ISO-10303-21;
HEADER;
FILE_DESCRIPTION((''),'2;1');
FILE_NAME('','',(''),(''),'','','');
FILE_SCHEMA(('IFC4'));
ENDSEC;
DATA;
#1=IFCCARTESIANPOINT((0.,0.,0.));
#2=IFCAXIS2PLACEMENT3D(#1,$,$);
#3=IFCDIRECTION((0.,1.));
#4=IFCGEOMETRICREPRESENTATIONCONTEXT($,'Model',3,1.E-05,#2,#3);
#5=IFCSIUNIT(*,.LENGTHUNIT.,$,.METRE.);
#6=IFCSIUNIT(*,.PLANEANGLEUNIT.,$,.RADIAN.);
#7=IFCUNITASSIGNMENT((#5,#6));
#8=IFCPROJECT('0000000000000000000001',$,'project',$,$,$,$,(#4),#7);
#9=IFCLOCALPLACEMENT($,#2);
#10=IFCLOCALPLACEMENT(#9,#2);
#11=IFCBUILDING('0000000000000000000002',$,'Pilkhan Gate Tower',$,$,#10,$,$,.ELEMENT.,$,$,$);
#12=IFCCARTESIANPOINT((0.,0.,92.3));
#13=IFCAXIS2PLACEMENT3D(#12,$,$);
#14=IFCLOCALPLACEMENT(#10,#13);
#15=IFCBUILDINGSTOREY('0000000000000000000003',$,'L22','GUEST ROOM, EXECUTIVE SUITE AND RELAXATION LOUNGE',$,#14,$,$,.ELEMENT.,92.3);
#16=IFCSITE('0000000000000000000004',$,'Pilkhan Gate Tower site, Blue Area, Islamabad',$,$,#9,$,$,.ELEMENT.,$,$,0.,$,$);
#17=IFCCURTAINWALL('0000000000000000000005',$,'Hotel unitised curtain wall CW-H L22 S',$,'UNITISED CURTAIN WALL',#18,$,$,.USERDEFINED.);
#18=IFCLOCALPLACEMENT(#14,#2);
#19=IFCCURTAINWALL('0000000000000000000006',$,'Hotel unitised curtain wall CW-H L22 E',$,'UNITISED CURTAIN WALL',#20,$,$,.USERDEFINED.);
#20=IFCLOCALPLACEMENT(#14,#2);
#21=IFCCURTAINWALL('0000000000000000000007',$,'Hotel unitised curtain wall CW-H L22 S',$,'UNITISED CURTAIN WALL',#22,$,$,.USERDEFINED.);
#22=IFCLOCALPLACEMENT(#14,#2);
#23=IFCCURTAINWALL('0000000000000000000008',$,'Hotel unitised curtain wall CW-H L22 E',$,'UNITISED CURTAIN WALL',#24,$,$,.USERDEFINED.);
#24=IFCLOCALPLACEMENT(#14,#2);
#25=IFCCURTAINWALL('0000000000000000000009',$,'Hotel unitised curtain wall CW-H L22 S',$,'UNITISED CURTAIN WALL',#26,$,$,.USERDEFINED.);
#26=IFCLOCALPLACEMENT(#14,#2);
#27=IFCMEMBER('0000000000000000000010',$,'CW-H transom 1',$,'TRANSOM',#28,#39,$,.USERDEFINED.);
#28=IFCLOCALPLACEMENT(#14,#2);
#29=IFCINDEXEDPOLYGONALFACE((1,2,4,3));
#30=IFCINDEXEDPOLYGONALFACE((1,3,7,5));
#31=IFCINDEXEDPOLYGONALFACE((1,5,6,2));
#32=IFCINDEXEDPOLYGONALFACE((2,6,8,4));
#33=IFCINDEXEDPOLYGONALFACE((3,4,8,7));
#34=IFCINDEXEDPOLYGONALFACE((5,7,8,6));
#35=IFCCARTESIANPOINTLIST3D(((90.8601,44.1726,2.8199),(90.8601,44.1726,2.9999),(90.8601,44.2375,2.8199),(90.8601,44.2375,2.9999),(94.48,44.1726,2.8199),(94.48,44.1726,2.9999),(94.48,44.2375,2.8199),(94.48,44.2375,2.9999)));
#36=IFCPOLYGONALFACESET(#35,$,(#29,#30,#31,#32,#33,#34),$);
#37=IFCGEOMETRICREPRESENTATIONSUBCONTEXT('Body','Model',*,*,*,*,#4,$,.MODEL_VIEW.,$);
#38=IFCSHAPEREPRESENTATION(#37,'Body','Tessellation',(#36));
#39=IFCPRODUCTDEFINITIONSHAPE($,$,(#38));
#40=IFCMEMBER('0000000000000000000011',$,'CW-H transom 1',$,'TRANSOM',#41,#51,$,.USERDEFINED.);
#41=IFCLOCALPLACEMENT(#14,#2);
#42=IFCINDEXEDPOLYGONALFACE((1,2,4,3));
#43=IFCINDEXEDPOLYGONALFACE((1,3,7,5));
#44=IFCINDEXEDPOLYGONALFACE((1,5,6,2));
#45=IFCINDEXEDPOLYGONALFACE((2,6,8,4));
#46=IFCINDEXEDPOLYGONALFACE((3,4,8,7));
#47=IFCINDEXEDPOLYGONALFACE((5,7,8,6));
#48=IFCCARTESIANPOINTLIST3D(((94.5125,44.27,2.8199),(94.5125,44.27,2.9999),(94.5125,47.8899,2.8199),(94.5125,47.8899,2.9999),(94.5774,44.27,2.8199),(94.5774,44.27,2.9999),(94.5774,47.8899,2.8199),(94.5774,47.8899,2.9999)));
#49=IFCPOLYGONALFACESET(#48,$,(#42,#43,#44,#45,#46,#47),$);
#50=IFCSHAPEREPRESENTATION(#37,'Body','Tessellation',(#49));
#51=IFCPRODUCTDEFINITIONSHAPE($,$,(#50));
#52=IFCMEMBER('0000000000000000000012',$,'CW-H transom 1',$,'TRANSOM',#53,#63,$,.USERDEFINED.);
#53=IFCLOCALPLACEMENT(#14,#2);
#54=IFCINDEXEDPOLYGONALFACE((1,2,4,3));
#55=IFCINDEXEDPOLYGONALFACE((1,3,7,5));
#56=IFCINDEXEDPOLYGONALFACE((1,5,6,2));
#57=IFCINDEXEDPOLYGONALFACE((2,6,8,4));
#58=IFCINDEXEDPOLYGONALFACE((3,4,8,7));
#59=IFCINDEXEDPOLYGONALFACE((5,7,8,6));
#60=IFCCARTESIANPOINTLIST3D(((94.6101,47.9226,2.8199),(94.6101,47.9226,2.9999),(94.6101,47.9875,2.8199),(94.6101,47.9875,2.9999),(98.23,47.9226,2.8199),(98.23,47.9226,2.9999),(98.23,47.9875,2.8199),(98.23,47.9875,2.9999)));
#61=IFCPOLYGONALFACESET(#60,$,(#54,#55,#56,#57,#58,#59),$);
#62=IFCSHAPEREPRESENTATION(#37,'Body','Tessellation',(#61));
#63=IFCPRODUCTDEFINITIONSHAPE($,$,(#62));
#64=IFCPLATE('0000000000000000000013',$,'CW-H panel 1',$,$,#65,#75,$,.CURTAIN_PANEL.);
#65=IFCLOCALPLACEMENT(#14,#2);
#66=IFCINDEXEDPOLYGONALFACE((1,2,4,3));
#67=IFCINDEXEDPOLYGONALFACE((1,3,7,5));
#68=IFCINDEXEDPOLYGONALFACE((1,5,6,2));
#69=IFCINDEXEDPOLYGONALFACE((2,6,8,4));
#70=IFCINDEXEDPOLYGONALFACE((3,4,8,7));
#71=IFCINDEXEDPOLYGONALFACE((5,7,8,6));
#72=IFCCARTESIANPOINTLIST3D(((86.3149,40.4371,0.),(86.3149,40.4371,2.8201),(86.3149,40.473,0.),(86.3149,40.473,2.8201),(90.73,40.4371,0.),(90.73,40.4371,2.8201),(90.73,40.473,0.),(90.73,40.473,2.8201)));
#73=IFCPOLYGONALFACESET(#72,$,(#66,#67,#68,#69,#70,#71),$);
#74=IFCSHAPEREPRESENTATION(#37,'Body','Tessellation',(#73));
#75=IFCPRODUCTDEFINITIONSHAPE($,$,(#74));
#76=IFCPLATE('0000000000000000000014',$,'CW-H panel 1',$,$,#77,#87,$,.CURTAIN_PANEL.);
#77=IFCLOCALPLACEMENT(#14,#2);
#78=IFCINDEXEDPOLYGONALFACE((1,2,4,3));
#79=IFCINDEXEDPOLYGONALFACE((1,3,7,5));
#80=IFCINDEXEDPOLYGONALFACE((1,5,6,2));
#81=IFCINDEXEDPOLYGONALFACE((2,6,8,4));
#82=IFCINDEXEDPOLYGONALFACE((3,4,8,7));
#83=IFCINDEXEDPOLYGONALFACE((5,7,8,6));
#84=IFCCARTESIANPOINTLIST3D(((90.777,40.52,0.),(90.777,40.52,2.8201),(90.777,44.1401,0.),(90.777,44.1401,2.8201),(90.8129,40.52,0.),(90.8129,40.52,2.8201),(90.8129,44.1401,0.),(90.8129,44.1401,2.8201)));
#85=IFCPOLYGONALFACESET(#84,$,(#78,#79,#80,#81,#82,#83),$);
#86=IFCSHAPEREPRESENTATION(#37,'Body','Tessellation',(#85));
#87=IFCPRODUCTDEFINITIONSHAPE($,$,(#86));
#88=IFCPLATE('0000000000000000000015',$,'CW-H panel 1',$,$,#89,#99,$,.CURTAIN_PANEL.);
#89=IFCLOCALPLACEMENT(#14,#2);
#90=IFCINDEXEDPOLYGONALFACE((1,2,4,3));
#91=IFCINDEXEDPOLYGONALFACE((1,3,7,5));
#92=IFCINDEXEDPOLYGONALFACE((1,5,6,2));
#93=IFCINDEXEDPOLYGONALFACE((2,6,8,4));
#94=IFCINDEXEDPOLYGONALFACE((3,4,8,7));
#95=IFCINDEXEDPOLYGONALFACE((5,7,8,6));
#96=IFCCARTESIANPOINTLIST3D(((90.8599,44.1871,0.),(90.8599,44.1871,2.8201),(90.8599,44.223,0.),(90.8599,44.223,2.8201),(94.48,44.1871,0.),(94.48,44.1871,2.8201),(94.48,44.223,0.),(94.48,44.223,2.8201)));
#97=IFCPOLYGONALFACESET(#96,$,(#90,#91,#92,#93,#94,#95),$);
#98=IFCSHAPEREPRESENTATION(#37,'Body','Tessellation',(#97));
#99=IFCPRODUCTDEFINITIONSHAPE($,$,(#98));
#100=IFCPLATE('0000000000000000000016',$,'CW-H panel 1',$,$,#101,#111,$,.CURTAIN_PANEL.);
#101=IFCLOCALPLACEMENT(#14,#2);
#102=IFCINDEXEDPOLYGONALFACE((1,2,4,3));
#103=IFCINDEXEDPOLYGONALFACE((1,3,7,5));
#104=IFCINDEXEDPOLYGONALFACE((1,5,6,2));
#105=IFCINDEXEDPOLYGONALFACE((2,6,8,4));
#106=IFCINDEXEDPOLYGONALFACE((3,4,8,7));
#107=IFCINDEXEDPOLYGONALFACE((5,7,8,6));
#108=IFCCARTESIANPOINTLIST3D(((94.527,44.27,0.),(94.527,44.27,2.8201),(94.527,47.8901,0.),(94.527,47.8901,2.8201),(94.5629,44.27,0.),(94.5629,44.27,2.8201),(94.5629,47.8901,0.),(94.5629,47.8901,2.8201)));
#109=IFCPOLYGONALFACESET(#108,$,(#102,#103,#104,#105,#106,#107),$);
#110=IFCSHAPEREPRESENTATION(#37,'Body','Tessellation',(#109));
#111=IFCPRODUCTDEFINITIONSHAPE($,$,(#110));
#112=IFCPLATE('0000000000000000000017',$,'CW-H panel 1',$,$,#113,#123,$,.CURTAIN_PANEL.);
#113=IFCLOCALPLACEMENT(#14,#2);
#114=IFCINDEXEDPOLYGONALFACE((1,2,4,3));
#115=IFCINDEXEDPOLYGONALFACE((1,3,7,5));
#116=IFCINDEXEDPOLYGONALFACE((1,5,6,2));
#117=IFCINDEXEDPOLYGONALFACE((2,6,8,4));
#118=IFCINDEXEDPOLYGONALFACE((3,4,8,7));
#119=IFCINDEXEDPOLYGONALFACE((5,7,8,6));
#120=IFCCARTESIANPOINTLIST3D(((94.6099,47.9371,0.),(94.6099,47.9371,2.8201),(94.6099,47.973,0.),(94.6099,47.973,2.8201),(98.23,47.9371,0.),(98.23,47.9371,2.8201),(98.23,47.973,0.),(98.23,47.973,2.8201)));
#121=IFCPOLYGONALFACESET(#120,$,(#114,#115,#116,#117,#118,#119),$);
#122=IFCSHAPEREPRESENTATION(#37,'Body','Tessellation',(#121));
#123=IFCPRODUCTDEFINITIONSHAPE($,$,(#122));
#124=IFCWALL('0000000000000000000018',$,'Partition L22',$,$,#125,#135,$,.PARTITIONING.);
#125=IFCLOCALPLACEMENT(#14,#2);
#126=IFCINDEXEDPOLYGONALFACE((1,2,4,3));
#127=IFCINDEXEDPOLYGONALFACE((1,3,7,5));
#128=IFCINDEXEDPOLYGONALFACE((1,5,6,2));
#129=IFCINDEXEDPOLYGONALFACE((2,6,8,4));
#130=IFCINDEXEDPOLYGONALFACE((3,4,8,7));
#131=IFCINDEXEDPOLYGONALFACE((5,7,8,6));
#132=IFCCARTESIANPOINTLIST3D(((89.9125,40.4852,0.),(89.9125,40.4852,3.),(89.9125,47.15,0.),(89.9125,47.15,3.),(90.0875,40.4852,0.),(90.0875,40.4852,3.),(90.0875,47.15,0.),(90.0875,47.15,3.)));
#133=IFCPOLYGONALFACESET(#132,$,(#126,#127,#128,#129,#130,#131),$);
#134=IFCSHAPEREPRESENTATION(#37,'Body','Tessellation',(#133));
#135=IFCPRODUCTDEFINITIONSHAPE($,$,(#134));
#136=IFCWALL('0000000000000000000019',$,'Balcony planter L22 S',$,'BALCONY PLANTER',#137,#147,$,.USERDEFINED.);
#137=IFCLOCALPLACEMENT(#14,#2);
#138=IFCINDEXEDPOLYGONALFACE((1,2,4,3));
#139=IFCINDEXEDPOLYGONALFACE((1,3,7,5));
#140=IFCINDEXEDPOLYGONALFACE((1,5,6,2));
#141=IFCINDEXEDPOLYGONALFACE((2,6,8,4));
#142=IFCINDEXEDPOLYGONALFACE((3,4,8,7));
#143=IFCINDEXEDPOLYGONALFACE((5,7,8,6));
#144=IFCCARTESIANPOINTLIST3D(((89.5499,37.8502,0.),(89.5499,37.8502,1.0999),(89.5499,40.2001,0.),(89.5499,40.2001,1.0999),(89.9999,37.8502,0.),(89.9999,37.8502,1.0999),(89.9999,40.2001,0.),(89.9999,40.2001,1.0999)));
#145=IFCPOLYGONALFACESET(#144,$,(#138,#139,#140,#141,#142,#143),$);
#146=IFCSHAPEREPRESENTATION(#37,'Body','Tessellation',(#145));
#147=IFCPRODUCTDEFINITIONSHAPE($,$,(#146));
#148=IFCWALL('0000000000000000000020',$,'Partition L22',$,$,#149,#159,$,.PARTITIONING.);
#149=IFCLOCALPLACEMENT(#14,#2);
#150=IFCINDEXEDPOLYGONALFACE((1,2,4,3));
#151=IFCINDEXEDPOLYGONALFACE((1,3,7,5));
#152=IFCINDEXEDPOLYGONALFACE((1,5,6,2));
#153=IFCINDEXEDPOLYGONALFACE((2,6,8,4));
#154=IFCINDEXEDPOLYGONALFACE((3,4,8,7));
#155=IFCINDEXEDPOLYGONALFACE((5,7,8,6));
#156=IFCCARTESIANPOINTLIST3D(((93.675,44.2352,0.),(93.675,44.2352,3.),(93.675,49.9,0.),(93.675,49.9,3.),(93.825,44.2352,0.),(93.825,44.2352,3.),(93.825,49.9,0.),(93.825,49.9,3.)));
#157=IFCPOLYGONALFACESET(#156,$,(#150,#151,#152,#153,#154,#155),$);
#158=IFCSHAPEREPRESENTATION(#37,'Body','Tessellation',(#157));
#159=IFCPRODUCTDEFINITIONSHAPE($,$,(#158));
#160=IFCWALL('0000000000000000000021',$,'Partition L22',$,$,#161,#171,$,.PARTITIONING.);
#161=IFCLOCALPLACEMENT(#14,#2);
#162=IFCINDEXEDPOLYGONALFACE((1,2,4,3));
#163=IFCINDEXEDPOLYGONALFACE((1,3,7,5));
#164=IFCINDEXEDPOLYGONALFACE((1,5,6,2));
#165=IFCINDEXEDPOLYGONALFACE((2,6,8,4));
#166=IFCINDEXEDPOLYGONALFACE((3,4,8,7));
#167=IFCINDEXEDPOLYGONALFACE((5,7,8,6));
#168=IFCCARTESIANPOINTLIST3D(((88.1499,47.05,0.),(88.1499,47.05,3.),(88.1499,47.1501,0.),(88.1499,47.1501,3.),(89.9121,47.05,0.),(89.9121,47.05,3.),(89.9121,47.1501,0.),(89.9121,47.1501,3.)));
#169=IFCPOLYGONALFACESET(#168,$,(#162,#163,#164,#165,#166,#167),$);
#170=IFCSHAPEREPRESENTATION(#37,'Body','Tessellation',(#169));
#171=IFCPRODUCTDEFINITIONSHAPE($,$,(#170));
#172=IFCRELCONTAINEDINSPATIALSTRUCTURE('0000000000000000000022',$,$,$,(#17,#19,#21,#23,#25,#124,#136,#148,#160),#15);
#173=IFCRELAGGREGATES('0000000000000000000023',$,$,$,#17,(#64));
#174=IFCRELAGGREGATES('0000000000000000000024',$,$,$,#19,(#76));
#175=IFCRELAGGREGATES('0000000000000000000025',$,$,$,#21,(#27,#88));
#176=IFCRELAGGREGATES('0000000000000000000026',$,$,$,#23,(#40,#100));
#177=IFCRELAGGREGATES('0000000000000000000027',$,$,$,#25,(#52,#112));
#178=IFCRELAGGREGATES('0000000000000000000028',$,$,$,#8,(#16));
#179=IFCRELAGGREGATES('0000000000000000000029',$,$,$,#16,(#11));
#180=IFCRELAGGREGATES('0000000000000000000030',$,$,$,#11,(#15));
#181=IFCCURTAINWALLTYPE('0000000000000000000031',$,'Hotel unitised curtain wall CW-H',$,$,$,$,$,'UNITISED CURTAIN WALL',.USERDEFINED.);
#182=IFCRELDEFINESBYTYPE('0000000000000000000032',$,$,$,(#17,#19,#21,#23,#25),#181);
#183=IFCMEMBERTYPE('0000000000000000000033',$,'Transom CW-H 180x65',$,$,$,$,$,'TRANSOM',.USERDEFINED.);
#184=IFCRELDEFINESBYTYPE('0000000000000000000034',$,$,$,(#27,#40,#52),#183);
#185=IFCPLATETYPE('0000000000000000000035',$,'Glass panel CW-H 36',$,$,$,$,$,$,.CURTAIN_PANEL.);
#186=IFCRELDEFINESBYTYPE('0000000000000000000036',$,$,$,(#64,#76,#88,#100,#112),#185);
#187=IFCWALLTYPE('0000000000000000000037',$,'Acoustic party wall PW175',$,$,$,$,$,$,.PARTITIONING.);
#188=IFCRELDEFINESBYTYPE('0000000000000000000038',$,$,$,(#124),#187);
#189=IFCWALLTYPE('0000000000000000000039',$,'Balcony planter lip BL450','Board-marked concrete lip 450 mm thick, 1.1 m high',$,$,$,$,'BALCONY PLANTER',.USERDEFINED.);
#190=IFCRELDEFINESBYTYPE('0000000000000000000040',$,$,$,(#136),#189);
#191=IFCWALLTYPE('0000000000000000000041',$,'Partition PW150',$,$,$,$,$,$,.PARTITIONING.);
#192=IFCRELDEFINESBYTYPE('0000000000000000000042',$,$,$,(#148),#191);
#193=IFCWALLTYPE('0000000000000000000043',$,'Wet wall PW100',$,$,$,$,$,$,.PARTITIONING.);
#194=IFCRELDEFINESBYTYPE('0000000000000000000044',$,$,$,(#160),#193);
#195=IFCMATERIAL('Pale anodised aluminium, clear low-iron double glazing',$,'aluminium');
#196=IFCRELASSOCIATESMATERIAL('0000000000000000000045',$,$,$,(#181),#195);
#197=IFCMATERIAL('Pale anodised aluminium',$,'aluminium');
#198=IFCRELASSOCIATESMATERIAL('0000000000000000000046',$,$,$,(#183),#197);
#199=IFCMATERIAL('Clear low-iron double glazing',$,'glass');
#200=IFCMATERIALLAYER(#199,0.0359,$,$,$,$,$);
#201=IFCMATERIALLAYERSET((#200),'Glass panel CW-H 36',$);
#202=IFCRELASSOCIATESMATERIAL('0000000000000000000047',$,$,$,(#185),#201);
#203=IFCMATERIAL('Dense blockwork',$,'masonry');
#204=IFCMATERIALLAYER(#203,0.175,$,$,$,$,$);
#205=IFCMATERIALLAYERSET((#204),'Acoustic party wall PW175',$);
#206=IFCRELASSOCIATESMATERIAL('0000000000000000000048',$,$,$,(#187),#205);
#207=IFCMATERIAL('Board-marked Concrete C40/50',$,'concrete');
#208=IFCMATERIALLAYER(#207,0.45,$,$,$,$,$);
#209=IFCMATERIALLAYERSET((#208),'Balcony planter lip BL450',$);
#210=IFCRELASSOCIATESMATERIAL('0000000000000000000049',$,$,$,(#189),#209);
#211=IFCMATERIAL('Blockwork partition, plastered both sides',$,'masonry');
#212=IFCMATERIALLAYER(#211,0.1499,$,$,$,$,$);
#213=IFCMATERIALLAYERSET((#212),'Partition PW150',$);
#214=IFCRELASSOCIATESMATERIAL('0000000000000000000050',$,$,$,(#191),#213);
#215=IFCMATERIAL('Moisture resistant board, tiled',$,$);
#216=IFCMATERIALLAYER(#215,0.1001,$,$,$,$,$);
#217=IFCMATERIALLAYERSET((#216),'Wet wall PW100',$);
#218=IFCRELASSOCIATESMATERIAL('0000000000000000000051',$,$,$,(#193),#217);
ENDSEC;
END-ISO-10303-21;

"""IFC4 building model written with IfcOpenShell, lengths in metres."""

from ifc_helpers import new_model, si_unit, direction, frame, frame_2d, origin, origin_2d, place, context, subcontext, project, spatial, rectangle, extrude, material, layer, layer_set, material_profile, profile_set, type_object, element, aggregate, save


model = new_model("IFC4")

# Units and contexts
model_context = context("Model", 3, precision=1e-05, world=origin(), true_north=direction((0.0, 1.0)))
body_context = subcontext(model_context, "Body", "Model", "MODEL_VIEW")
ifc_project = project(units=[si_unit("LENGTHUNIT", "METRE"), si_unit("PLANEANGLEUNIT", "RADIAN")], contexts=[model_context])

# Site, building, storey
site_placement = place(None, origin())
site = spatial("IfcSite", under=ifc_project, at=site_placement, Name="Pilkhan Gate Tower site, Blue Area, Islamabad", CompositionType="ELEMENT", RefElevation=0.0)
building_placement = place(site_placement, origin())
building = spatial("IfcBuilding", under=site, at=building_placement, Name="Pilkhan Gate Tower", CompositionType="ELEMENT")
storey_placement = place(building_placement, frame((0.0, 0.0, 92.3)))
storey = spatial("IfcBuildingStorey", under=building, at=storey_placement, Name="L22", Description="GUEST ROOM, EXECUTIVE SUITE AND RELAXATION LOUNGE", CompositionType="ELEMENT", Elevation=92.3)

# Curtain wall
ifc_material_1 = material(Name="Pale anodised aluminium, clear low-iron double glazing", Category="aluminium")
curtain_wall_type = type_object("IfcCurtainWallType", Name="Hotel unitised curtain wall CW-H", ElementType="UNITISED CURTAIN WALL", PredefinedType="USERDEFINED", material=ifc_material_1)
curtain_wall_1_placement = place(storey_placement, origin())
curtain_wall_1 = element("IfcCurtainWall", 1, at=curtain_wall_1_placement, inside=storey, type_object=curtain_wall_type, Name="Hotel unitised curtain wall CW-H L22 S", ObjectType="UNITISED CURTAIN WALL", PredefinedType="USERDEFINED")
ifc_material_2 = material(Name="Pale anodised aluminium", Category="aluminium")

# Curtain walls
curtain_wall_2_placement = place(storey_placement, origin())
curtain_wall_2 = element("IfcCurtainWall", 2, at=curtain_wall_2_placement, inside=storey, type_object=curtain_wall_type, Name="Hotel unitised curtain wall CW-H L22 E", ObjectType="UNITISED CURTAIN WALL", PredefinedType="USERDEFINED")
curtain_wall_3_placement = place(storey_placement, origin())
curtain_wall_3 = element("IfcCurtainWall", 3, at=curtain_wall_3_placement, inside=storey, type_object=curtain_wall_type, Name="Hotel unitised curtain wall CW-H L22 S", ObjectType="UNITISED CURTAIN WALL", PredefinedType="USERDEFINED")
curtain_wall_4_placement = place(storey_placement, origin())
curtain_wall_4 = element("IfcCurtainWall", 4, at=curtain_wall_4_placement, inside=storey, type_object=curtain_wall_type, Name="Hotel unitised curtain wall CW-H L22 E", ObjectType="UNITISED CURTAIN WALL", PredefinedType="USERDEFINED")
curtain_wall_5_placement = place(storey_placement, origin())
curtain_wall_5 = element("IfcCurtainWall", 5, at=curtain_wall_5_placement, inside=storey, type_object=curtain_wall_type, Name="Hotel unitised curtain wall CW-H L22 S", ObjectType="UNITISED CURTAIN WALL", PredefinedType="USERDEFINED")

# Members
ifc_material_profile_1 = material_profile(ifc_material_2, rectangle(XDim=0.0649, YDim=0.1799, at=origin_2d()), Name="Transom 180x65")
ifc_profile_set_1 = profile_set([ifc_material_profile_1], Name="Pale anodised aluminium")
member_type_1 = type_object("IfcMemberType", Name="Transom CW-H 180x65", ElementType="TRANSOM", PredefinedType="USERDEFINED", material=ifc_profile_set_1)
member_1_placement = place(storey_placement, frame((90.8601, 44.2051, 2.9099), z_axis=(1.0, 0.0, 0.0), x_axis=(0.0, 1.0, 0.0)))
member_1 = element("IfcMember", 6, at=member_1_placement, type_object=member_type_1, Name="CW-H transom 1", ObjectType="TRANSOM", PredefinedType="USERDEFINED", context=body_context, shape_type="SweptSolid", body=[
    extrude(rectangle(XDim=0.0649, YDim=0.1799, at=origin_2d()), origin(), (0.0, 0.0, 1.0), 3.6199),
])
member_2_placement = place(storey_placement, frame((94.5449, 44.27, 2.9099), z_axis=(0.0, 1.0, 0.0), x_axis=(-1.0, 0.0, 0.0)))
member_2 = element("IfcMember", 7, at=member_2_placement, type_object=member_type_1, Name="CW-H transom 1", ObjectType="TRANSOM", PredefinedType="USERDEFINED", context=body_context, shape_type="SweptSolid", body=[
    extrude(rectangle(XDim=0.0649, YDim=0.1799, at=origin_2d()), origin(), (0.0, 0.0, 1.0), 3.6199),
])
member_3_placement = place(storey_placement, frame((94.6101, 47.9551, 2.9099), z_axis=(1.0, 0.0, 0.0), x_axis=(0.0, 1.0, 0.0)))
member_3 = element("IfcMember", 8, at=member_3_placement, type_object=member_type_1, Name="CW-H transom 1", ObjectType="TRANSOM", PredefinedType="USERDEFINED", context=body_context, shape_type="SweptSolid", body=[
    extrude(rectangle(XDim=0.0649, YDim=0.1799, at=origin_2d()), origin(), (0.0, 0.0, 1.0), 3.6199),
])

# Plates
ifc_material_3 = material(Name="Clear low-iron double glazing", Category="glass")
ifc_layer_1 = layer(ifc_material_3, 0.0359)
ifc_layer_set_1 = layer_set([ifc_layer_1], Name="Glass panel CW-H 36")
plate_type = type_object("IfcPlateType", Name="Glass panel CW-H 36", PredefinedType="CURTAIN_PANEL", material=ifc_layer_set_1)
plate_1_placement = place(storey_placement, frame((88.5225, 40.4551, 0.0), z_axis=(0.0, 0.0, 1.0), x_axis=(1.0, 0.0, 0.0)))
plate_1 = element("IfcPlate", 9, at=plate_1_placement, type_object=plate_type, Name="CW-H panel 1", PredefinedType="CURTAIN_PANEL", context=body_context, shape_type="SweptSolid", body=[
    extrude(rectangle(XDim=4.415, YDim=0.0359, at=origin_2d()), origin(), (0.0, 0.0, 1.0), 2.8201),
])
aggregate(curtain_wall_1, [plate_1])
plate_2_placement = place(storey_placement, frame((90.7949, 42.3301, 0.0), z_axis=(0.0, 0.0, 1.0), x_axis=(0.0, 1.0, 0.0)))
plate_2 = element("IfcPlate", 10, at=plate_2_placement, type_object=plate_type, Name="CW-H panel 1", PredefinedType="CURTAIN_PANEL", context=body_context, shape_type="SweptSolid", body=[
    extrude(rectangle(XDim=3.6201, YDim=0.0359, at=origin_2d()), origin(), (0.0, 0.0, 1.0), 2.8201),
])
aggregate(curtain_wall_2, [plate_2])
plate_3_placement = place(storey_placement, frame((92.6699, 44.2051, 0.0), z_axis=(0.0, 0.0, 1.0), x_axis=(1.0, 0.0, 0.0)))
plate_3 = element("IfcPlate", 11, at=plate_3_placement, type_object=plate_type, Name="CW-H panel 1", PredefinedType="CURTAIN_PANEL", context=body_context, shape_type="SweptSolid", body=[
    extrude(rectangle(XDim=3.6201, YDim=0.0359, at=origin_2d()), origin(), (0.0, 0.0, 1.0), 2.8201),
])
aggregate(curtain_wall_3, [member_1, plate_3])
plate_4_placement = place(storey_placement, frame((94.5449, 46.0801, 0.0), z_axis=(0.0, 0.0, 1.0), x_axis=(0.0, 1.0, 0.0)))
plate_4 = element("IfcPlate", 12, at=plate_4_placement, type_object=plate_type, Name="CW-H panel 1", PredefinedType="CURTAIN_PANEL", context=body_context, shape_type="SweptSolid", body=[
    extrude(rectangle(XDim=3.6201, YDim=0.0359, at=origin_2d()), origin(), (0.0, 0.0, 1.0), 2.8201),
])
aggregate(curtain_wall_4, [member_2, plate_4])
plate_5_placement = place(storey_placement, frame((96.4199, 47.9551, 0.0), z_axis=(0.0, 0.0, 1.0), x_axis=(1.0, 0.0, 0.0)))
plate_5 = element("IfcPlate", 13, at=plate_5_placement, type_object=plate_type, Name="CW-H panel 1", PredefinedType="CURTAIN_PANEL", context=body_context, shape_type="SweptSolid", body=[
    extrude(rectangle(XDim=3.6201, YDim=0.0359, at=origin_2d()), origin(), (0.0, 0.0, 1.0), 2.8201),
])
aggregate(curtain_wall_5, [member_3, plate_5])

# Walls
ifc_material_4 = material(Name="Dense blockwork", Category="masonry")
ifc_layer_2 = layer(ifc_material_4, 0.175)
ifc_layer_set_2 = layer_set([ifc_layer_2], Name="Acoustic party wall PW175")
wall_type_1 = type_object("IfcWallType", Name="Acoustic party wall PW175", PredefinedType="PARTITIONING", material=ifc_layer_set_2)
wall_1_placement = place(storey_placement, frame((90.0, 40.4851, 0.0), z_axis=(0.0, 0.0, 1.0), x_axis=(0.0, 1.0, 0.0)))
element("IfcWall", 14, at=wall_1_placement, inside=storey, type_object=wall_type_1, Name="Partition L22", PredefinedType="PARTITIONING", context=body_context, shape_type="SweptSolid", body=[
    extrude(rectangle(XDim=6.6648, YDim=0.175, at=frame_2d((3.3325, 0.0))), origin(), (0.0, 0.0, 1.0), 3.0),
])
ifc_material_5 = material(Name="Board-marked Concrete C40/50", Category="concrete")
ifc_layer_3 = layer(ifc_material_5, 0.45)
ifc_layer_set_3 = layer_set([ifc_layer_3], Name="Balcony planter lip BL450")
wall_type_2 = type_object("IfcWallType", Name="Balcony planter lip BL450", Description="Board-marked concrete lip 450 mm thick, 1.1 m high", ElementType="BALCONY PLANTER", PredefinedType="USERDEFINED", material=ifc_layer_set_3)
wall_2_placement = place(storey_placement, frame((89.7749, 40.2, 0.0), z_axis=(0.0, 0.0, 1.0), x_axis=(0.0, -1.0, 0.0)))
element("IfcWall", 15, at=wall_2_placement, inside=storey, type_object=wall_type_2, Name="Balcony planter L22 S", ObjectType="BALCONY PLANTER", PredefinedType="USERDEFINED", context=body_context, shape_type="SweptSolid", body=[
    extrude(rectangle(XDim=2.3499, YDim=0.45, at=frame_2d((1.1748, 0.0))), origin(), (0.0, 0.0, 1.0), 1.0999),
])
ifc_material_6 = material(Name="Blockwork partition, plastered both sides", Category="masonry")
ifc_layer_4 = layer(ifc_material_6, 0.1499)
ifc_layer_set_4 = layer_set([ifc_layer_4], Name="Partition PW150")
wall_type_3 = type_object("IfcWallType", Name="Partition PW150", PredefinedType="PARTITIONING", material=ifc_layer_set_4)
wall_3_placement = place(storey_placement, frame((93.75, 44.2351, 0.0), z_axis=(0.0, 0.0, 1.0), x_axis=(0.0, 1.0, 0.0)))
element("IfcWall", 16, at=wall_3_placement, inside=storey, type_object=wall_type_3, Name="Partition L22", PredefinedType="PARTITIONING", context=body_context, shape_type="SweptSolid", body=[
    extrude(rectangle(XDim=5.6648, YDim=0.1499, at=frame_2d((2.8325, 0.0))), origin(), (0.0, 0.0, 1.0), 3.0),
])
ifc_material_7 = material(Name="Moisture resistant board, tiled")
ifc_layer_5 = layer(ifc_material_7, 0.1001)
ifc_layer_set_5 = layer_set([ifc_layer_5], Name="Wet wall PW100")
wall_type_4 = type_object("IfcWallType", Name="Wet wall PW100", PredefinedType="PARTITIONING", material=ifc_layer_set_5)
wall_4_placement = place(storey_placement, frame((88.1499, 47.1001, 0.0), z_axis=(0.0, 0.0, 1.0), x_axis=(1.0, 0.0, 0.0)))
element("IfcWall", 17, at=wall_4_placement, inside=storey, type_object=wall_type_4, Name="Partition L22", PredefinedType="PARTITIONING", context=body_context, shape_type="SweptSolid", body=[
    extrude(rectangle(XDim=1.7622, YDim=0.1001, at=frame_2d((0.8811, 0.0))), origin(), (0.0, 0.0, 1.0), 3.0),
])

save(model, "model.ifc")
